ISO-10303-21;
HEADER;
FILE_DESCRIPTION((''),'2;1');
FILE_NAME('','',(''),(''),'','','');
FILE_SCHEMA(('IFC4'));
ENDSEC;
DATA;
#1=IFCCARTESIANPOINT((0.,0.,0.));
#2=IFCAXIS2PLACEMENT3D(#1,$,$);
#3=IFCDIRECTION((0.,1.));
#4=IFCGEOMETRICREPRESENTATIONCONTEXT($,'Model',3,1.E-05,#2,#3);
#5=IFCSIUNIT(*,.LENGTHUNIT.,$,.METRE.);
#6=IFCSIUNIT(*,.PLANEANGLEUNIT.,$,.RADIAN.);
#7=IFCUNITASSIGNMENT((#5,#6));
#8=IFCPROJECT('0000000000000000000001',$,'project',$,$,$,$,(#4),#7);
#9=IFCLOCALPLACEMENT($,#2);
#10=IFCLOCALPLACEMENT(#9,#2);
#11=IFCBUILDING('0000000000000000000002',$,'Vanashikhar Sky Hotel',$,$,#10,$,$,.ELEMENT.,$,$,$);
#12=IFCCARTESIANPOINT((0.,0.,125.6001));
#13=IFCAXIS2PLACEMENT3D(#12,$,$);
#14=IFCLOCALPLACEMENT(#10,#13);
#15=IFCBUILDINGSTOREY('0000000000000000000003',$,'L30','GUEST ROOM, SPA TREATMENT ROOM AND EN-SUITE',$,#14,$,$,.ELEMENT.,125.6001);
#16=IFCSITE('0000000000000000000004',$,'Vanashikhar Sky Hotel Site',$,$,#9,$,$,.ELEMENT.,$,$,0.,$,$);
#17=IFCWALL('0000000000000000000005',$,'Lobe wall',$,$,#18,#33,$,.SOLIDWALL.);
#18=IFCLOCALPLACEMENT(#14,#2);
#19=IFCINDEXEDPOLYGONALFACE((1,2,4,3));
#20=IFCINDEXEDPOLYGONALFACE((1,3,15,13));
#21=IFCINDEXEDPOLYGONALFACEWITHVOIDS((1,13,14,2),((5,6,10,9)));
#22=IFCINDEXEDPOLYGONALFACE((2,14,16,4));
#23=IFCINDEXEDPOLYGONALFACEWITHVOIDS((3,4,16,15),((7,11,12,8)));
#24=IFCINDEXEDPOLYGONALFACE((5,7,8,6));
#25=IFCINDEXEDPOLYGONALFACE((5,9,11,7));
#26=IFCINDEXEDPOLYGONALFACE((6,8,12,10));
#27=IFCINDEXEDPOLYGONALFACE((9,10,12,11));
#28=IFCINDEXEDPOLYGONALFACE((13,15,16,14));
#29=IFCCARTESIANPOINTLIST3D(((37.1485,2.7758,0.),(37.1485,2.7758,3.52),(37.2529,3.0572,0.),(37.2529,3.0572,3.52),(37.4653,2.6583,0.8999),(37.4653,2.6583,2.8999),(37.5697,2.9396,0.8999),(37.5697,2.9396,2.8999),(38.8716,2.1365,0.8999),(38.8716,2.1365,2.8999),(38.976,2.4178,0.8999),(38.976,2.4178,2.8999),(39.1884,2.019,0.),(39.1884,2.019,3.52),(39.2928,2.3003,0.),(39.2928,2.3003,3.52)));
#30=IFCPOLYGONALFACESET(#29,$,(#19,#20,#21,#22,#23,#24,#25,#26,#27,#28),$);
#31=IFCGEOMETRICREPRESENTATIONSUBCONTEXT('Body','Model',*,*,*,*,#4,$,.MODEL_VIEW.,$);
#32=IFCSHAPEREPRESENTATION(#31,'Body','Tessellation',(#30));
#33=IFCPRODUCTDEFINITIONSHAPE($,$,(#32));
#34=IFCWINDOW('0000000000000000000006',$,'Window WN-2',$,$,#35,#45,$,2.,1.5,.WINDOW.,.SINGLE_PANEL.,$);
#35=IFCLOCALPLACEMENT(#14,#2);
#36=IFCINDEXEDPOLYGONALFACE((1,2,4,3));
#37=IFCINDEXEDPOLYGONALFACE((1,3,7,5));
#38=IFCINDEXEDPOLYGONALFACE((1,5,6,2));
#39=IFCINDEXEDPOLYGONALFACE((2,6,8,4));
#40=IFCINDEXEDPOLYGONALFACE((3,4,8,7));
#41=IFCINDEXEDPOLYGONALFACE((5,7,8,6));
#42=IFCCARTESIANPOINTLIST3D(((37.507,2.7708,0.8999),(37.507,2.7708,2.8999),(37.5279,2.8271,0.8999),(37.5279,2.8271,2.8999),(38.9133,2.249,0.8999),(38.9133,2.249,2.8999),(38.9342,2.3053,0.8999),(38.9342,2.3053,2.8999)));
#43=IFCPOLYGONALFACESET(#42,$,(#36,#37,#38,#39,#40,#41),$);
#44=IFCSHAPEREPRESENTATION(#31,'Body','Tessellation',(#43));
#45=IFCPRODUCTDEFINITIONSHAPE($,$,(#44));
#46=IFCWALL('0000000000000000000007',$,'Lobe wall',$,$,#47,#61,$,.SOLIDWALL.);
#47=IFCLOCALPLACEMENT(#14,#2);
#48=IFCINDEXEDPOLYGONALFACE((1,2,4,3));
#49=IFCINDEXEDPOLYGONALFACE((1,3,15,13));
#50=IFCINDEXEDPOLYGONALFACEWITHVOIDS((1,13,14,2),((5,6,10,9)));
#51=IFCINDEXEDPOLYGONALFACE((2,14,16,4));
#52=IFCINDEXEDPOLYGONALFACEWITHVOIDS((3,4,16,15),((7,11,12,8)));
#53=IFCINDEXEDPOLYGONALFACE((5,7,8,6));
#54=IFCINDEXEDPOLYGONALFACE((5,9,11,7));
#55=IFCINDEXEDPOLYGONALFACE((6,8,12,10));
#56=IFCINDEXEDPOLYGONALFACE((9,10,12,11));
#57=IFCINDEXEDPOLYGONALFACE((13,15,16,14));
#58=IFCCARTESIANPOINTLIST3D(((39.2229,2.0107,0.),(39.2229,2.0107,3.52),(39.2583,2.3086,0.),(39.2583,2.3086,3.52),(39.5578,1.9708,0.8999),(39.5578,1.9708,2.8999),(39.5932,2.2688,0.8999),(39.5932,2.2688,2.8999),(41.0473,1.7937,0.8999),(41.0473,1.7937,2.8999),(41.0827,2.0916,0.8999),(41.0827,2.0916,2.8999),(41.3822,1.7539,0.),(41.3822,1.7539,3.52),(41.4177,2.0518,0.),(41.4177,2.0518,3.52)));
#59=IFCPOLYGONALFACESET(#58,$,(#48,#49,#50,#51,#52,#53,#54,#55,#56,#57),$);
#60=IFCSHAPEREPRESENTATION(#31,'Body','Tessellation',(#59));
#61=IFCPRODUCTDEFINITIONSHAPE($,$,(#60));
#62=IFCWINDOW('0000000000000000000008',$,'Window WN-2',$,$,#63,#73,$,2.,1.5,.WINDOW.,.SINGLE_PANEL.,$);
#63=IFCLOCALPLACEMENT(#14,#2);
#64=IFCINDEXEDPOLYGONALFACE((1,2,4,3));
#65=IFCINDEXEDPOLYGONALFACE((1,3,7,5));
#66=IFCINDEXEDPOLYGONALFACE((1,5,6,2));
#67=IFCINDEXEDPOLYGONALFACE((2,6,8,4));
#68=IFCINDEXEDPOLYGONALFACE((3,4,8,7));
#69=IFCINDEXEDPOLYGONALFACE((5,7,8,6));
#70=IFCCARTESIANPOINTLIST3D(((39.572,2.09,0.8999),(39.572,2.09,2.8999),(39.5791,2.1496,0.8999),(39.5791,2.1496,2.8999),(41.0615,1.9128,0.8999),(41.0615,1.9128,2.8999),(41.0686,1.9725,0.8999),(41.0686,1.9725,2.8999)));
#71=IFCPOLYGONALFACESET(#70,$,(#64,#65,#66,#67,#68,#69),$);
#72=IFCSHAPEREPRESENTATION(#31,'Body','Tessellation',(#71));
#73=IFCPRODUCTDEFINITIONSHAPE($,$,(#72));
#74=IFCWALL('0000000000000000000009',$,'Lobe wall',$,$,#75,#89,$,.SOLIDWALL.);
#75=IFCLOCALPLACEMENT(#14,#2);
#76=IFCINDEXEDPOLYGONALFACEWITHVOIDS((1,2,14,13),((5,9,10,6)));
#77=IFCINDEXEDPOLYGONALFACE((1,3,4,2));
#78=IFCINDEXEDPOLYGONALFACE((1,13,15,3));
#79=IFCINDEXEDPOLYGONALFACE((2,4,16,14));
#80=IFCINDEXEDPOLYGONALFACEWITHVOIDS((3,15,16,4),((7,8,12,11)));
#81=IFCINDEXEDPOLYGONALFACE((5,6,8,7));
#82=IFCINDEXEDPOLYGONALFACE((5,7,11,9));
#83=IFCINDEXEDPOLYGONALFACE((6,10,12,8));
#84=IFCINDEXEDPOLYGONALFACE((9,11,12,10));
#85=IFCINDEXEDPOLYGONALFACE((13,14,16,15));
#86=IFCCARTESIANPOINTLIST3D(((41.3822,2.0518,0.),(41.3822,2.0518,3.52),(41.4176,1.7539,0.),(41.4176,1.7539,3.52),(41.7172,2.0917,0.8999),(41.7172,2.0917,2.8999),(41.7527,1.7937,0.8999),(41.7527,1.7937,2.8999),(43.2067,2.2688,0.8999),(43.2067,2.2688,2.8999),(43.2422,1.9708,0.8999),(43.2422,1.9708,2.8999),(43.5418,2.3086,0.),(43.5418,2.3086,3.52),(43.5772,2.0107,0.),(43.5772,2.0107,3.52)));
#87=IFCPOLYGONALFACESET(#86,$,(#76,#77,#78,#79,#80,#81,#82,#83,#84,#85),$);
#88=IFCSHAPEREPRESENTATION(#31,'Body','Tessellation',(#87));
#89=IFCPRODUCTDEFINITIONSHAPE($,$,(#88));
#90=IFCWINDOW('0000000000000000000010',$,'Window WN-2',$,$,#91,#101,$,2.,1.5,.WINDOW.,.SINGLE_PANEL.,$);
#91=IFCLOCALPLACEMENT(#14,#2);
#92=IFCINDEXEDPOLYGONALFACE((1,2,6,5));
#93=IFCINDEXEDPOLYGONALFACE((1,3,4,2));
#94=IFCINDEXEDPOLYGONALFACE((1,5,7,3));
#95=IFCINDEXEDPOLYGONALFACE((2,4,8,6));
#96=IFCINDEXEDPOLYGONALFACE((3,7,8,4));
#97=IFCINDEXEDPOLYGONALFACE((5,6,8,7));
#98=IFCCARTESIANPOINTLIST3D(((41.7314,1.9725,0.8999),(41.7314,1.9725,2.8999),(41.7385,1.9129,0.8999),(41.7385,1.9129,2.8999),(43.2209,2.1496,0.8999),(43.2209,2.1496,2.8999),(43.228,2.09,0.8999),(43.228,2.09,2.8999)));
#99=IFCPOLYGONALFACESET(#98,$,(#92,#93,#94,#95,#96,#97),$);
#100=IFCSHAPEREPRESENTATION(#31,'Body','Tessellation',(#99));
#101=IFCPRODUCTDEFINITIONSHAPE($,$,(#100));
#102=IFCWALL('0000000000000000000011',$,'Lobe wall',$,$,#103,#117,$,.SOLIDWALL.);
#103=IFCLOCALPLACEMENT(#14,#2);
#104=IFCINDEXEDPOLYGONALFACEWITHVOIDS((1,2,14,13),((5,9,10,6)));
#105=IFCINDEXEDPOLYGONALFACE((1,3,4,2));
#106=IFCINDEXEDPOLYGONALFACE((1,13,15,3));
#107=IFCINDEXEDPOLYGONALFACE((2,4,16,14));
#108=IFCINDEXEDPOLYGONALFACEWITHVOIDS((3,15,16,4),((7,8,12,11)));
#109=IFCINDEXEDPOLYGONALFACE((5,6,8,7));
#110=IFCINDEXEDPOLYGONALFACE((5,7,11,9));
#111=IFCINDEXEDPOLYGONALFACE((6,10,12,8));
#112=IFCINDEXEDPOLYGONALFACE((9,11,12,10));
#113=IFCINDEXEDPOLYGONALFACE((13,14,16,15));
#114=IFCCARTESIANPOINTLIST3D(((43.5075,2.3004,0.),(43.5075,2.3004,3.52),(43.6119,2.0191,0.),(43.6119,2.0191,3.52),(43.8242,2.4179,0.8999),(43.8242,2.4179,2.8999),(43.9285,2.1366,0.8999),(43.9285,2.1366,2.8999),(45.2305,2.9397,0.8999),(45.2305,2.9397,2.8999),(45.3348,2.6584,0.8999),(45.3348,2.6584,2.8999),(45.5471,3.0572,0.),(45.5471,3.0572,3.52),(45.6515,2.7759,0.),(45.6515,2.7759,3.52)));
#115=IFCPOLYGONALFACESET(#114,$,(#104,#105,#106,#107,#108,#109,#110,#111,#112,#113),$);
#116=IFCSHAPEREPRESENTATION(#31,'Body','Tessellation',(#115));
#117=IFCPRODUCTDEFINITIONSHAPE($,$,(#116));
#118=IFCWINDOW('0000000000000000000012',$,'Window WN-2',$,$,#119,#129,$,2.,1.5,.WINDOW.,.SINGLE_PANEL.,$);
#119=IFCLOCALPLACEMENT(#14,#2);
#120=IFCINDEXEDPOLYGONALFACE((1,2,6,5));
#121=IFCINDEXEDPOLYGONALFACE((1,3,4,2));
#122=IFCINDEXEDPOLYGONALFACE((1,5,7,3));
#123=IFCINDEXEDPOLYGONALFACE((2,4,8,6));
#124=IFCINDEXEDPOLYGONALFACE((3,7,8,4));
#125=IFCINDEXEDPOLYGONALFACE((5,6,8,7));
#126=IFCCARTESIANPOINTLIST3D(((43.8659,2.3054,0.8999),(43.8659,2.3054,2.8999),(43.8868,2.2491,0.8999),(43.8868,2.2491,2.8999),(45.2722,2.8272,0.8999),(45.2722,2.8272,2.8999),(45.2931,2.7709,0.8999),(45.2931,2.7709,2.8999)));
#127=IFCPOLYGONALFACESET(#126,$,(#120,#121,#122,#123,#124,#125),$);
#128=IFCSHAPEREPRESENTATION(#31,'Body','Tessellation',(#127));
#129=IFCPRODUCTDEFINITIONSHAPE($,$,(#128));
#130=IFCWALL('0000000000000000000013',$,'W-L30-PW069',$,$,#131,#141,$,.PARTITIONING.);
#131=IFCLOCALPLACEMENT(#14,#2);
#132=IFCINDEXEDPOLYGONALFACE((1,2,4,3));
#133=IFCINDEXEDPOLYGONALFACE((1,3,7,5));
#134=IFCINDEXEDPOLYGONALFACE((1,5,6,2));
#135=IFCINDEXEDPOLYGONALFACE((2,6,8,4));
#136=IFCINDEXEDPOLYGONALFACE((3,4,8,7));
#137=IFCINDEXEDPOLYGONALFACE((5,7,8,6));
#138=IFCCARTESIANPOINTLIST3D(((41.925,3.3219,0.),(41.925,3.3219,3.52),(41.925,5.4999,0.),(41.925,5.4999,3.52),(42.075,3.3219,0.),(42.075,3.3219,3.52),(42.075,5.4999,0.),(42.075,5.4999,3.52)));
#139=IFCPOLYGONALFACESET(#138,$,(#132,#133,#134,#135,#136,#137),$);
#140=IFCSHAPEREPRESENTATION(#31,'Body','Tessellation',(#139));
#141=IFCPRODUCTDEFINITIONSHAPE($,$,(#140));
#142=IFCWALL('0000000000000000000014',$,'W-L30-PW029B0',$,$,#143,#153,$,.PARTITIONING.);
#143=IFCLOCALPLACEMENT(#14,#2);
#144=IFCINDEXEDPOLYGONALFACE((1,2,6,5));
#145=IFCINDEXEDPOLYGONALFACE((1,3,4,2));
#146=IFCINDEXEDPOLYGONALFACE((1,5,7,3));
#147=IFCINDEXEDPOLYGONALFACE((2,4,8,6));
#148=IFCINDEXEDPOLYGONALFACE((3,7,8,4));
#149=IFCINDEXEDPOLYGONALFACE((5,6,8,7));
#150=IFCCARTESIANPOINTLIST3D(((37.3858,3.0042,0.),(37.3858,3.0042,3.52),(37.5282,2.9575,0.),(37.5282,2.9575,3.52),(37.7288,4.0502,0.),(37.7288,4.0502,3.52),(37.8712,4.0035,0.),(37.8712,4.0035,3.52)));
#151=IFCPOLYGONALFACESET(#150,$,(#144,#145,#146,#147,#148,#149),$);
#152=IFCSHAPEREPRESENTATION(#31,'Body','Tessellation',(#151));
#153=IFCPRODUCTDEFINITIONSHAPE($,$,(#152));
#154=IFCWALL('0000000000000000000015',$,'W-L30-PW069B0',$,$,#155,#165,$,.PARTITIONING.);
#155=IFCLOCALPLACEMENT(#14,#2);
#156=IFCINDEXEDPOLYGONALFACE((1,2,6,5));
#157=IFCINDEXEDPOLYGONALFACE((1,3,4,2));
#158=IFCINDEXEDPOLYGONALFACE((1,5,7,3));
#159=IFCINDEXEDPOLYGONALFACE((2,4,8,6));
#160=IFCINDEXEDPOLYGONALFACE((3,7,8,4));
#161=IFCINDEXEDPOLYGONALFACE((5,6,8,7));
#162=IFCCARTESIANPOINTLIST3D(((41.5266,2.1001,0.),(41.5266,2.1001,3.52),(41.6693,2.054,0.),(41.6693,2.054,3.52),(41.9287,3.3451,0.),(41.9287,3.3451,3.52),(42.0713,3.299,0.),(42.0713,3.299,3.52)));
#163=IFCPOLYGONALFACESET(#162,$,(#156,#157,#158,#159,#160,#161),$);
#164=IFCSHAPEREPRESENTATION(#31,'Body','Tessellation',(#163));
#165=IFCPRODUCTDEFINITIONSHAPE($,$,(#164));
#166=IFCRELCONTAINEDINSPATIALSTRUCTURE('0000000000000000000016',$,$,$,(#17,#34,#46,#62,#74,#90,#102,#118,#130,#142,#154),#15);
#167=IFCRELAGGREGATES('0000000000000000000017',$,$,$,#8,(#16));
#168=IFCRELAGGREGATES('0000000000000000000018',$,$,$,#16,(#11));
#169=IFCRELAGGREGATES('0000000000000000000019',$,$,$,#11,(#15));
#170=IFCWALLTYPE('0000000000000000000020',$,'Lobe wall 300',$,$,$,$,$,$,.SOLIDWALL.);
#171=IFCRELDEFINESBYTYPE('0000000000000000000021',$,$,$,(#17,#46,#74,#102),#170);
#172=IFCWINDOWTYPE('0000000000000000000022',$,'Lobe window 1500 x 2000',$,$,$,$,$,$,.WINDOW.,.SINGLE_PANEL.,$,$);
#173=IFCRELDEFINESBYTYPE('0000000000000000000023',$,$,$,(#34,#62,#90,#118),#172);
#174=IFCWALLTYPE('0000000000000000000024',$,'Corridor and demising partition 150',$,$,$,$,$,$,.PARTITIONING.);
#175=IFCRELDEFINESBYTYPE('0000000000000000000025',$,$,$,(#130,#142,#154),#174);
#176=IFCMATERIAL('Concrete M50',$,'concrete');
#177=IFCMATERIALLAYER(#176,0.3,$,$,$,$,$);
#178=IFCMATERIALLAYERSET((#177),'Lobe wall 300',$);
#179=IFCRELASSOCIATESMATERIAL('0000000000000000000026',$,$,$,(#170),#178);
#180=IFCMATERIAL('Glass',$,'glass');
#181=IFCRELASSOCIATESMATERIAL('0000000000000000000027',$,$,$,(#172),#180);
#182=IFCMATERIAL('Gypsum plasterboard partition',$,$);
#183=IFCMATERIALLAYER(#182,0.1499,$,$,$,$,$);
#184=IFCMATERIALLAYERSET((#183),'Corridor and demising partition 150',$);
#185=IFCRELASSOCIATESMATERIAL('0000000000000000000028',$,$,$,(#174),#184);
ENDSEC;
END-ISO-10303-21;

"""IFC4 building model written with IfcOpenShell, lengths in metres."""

from ifc_helpers import new_model, si_unit, direction, frame, frame_2d, origin, place, context, subcontext, project, spatial, rectangle, extrude, source, transform, mapped, material, layer, layer_set, type_object, element, fill, save


model = new_model("IFC4")

# Units and contexts
model_context = context("Model", 3, precision=1e-05, world=origin(), true_north=direction((0.0, 1.0)))
body_context = subcontext(model_context, "Body", "Model", "MODEL_VIEW")
ifc_project = project(units=[si_unit("LENGTHUNIT", "METRE"), si_unit("PLANEANGLEUNIT", "RADIAN")], contexts=[model_context])

# Site, building, storey
site_placement = place(None, origin())
site = spatial("IfcSite", under=ifc_project, at=site_placement, Name="Vanashikhar Sky Hotel Site", CompositionType="ELEMENT", RefElevation=0.0)
building_placement = place(site_placement, origin())
building = spatial("IfcBuilding", under=site, at=building_placement, Name="Vanashikhar Sky Hotel", CompositionType="ELEMENT")
storey_placement = place(building_placement, frame((0.0, 0.0, 125.6001)))
storey = spatial("IfcBuildingStorey", under=building, at=storey_placement, Name="L30", Description="GUEST ROOM, SPA TREATMENT ROOM AND EN-SUITE", CompositionType="ELEMENT", Elevation=125.6001)

# Walls, openings, windows
ifc_material_1 = material(Name="Concrete M50", Category="concrete")
ifc_layer_1 = layer(ifc_material_1, 0.3)
ifc_layer_set_1 = layer_set([ifc_layer_1], Name="Lobe wall 300")
wall_type_1 = type_object("IfcWallType", Name="Lobe wall 300", PredefinedType="SOLIDWALL", material=ifc_layer_set_1)
shared_shape_1 = source(origin(), body_context, "Body", "SweptSolid", [
    extrude(rectangle(XDim=2.1758, YDim=0.3, at=frame_2d((1.0879, 0.0))), origin(), (0.0, 0.0, 1.0), 3.52),
])
wall_1_placement = place(storey_placement, frame((37.2007, 2.9165, 0.0), z_axis=(0.0, 0.0, 1.0), x_axis=(0.937546, -0.347863, 0.0)))
wall_1 = element("IfcWall", 1, at=wall_1_placement, inside=storey, type_object=wall_type_1, Name="Lobe wall", PredefinedType="SOLIDWALL", context=body_context, shape_type="MappedRepresentation", body=[
    mapped(shared_shape_1, transform((0.0, 0.0, 0.0), scale=1.0)),
])
shared_shape_2 = source(origin(), body_context, "Body", "SweptSolid", [
    extrude(rectangle(XDim=1.5, YDim=2.0, at=frame_2d((0.75, 1.0))), frame((0.0, 0.1602, 0.0), z_axis=(0.0, -1.0, 0.0), x_axis=(1.0, 0.0, 0.0)), (0.0, 0.0, 1.0), 0.3201),
])
opening_1_placement = place(wall_1_placement, frame((0.3379, 0.0, 0.8999)))
opening_1 = element("IfcOpeningElement", 2, at=opening_1_placement, cuts=wall_1, PredefinedType="OPENING", context=body_context, shape_type="MappedRepresentation", body=[
    mapped(shared_shape_2, transform((0.0, 0.0, 0.0), scale=1.0)),
])
ifc_material_2 = material(Name="Glass", Category="glass")
window_type = type_object("IfcWindowType", Name="Lobe window 1500 x 2000", PartitioningType="SINGLE_PANEL", PredefinedType="WINDOW", material=ifc_material_2)
shared_shape_3 = source(origin(), body_context, "Body", "SweptSolid", [
    extrude(rectangle(XDim=1.5, YDim=2.0, at=frame_2d((0.75, 1.0))), frame((0.0, 0.03, 0.0), z_axis=(0.0, -1.0, 0.0), x_axis=(1.0, 0.0, 0.0)), (0.0, 0.0, 1.0), 0.0601),
])
window_1_placement = place(opening_1_placement, origin())
window_1 = element("IfcWindow", 3, at=window_1_placement, inside=storey, type_object=window_type, Name="Window WN-2", OverallHeight=2.0, OverallWidth=1.5, PartitioningType="SINGLE_PANEL", PredefinedType="WINDOW", context=body_context, shape_type="MappedRepresentation", body=[
    mapped(shared_shape_3, transform((0.0, 0.0, 0.0), scale=1.0)),
])
fill(opening_1, window_1)
shared_shape_4 = source(origin(), body_context, "Body", "SweptSolid", [
    extrude(rectangle(XDim=2.1746, YDim=0.3, at=frame_2d((1.0874, 0.0))), origin(), (0.0, 0.0, 1.0), 3.52),
])
wall_2_placement = place(storey_placement, frame((39.2405, 2.1597, 0.0), z_axis=(0.0, 0.0, 1.0), x_axis=(0.993001, -0.118105, 0.0)))
wall_2 = element("IfcWall", 4, at=wall_2_placement, inside=storey, type_object=wall_type_1, Name="Lobe wall", PredefinedType="SOLIDWALL", context=body_context, shape_type="MappedRepresentation", body=[
    mapped(shared_shape_4, transform((0.0, 0.0, 0.0), scale=1.0)),
])
opening_2_placement = place(wall_2_placement, frame((0.3374, 0.0, 0.8999)))
opening_2 = element("IfcOpeningElement", 5, at=opening_2_placement, cuts=wall_2, PredefinedType="OPENING", context=body_context, shape_type="MappedRepresentation", body=[
    mapped(shared_shape_2, transform((0.0, 0.0, 0.0), scale=1.0)),
])
window_2_placement = place(opening_2_placement, origin())
window_2 = element("IfcWindow", 6, at=window_2_placement, inside=storey, type_object=window_type, Name="Window WN-2", OverallHeight=2.0, OverallWidth=1.5, PartitioningType="SINGLE_PANEL", PredefinedType="WINDOW", context=body_context, shape_type="MappedRepresentation", body=[
    mapped(shared_shape_3, transform((0.0, 0.0, 0.0), scale=1.0)),
])
fill(opening_2, window_2)
shared_shape_5 = source(origin(), body_context, "Body", "SweptSolid", [
    extrude(rectangle(XDim=2.1748, YDim=0.3, at=frame_2d((1.0874, 0.0))), origin(), (0.0, 0.0, 1.0), 3.52),
])
wall_3_placement = place(storey_placement, frame((41.3999, 1.9028, 0.0), z_axis=(0.0, 0.0, 1.0), x_axis=(0.993003, 0.118092, 0.0)))
wall_3 = element("IfcWall", 7, at=wall_3_placement, inside=storey, type_object=wall_type_1, Name="Lobe wall", PredefinedType="SOLIDWALL", context=body_context, shape_type="MappedRepresentation", body=[
    mapped(shared_shape_5, transform((0.0, 0.0, 0.0), scale=1.0)),
])
opening_3_placement = place(wall_3_placement, frame((0.3374, 0.0, 0.8999)))
opening_3 = element("IfcOpeningElement", 8, at=opening_3_placement, cuts=wall_3, PredefinedType="OPENING", context=body_context, shape_type="MappedRepresentation", body=[
    mapped(shared_shape_2, transform((0.0, 0.0, 0.0), scale=1.0)),
])
window_3_placement = place(opening_3_placement, origin())
window_3 = element("IfcWindow", 9, at=window_3_placement, inside=storey, type_object=window_type, Name="Window WN-2", OverallHeight=2.0, OverallWidth=1.5, PartitioningType="SINGLE_PANEL", PredefinedType="WINDOW", context=body_context, shape_type="MappedRepresentation", body=[
    mapped(shared_shape_3, transform((0.0, 0.0, 0.0), scale=1.0)),
])
fill(opening_3, window_3)
shared_shape_6 = source(origin(), body_context, "Body", "SweptSolid", [
    extrude(rectangle(XDim=2.1755, YDim=0.3, at=frame_2d((1.0879, 0.0))), origin(), (0.0, 0.0, 1.0), 3.52),
])
wall_4_placement = place(storey_placement, frame((43.5596, 2.1597, 0.0), z_axis=(0.0, 0.0, 1.0), x_axis=(0.937532, 0.347899, 0.0)))
wall_4 = element("IfcWall", 10, at=wall_4_placement, inside=storey, type_object=wall_type_1, Name="Lobe wall", PredefinedType="SOLIDWALL", context=body_context, shape_type="MappedRepresentation", body=[
    mapped(shared_shape_6, transform((0.0, 0.0, 0.0), scale=1.0)),
])
opening_4_placement = place(wall_4_placement, frame((0.3379, 0.0, 0.8999)))
opening_4 = element("IfcOpeningElement", 11, at=opening_4_placement, cuts=wall_4, PredefinedType="OPENING", context=body_context, shape_type="MappedRepresentation", body=[
    mapped(shared_shape_2, transform((0.0, 0.0, 0.0), scale=1.0)),
])
window_4_placement = place(opening_4_placement, origin())
window_4 = element("IfcWindow", 12, at=window_4_placement, inside=storey, type_object=window_type, Name="Window WN-2", OverallHeight=2.0, OverallWidth=1.5, PartitioningType="SINGLE_PANEL", PredefinedType="WINDOW", context=body_context, shape_type="MappedRepresentation", body=[
    mapped(shared_shape_3, transform((0.0, 0.0, 0.0), scale=1.0)),
])
fill(opening_4, window_4)

# Walls
ifc_material_3 = material(Name="Gypsum plasterboard partition")
ifc_layer_2 = layer(ifc_material_3, 0.1499)
ifc_layer_set_2 = layer_set([ifc_layer_2], Name="Corridor and demising partition 150")
wall_type_2 = type_object("IfcWallType", Name="Corridor and demising partition 150", PredefinedType="PARTITIONING", material=ifc_layer_set_2)
shared_shape_7 = source(origin(), body_context, "Body", "SweptSolid", [
    extrude(rectangle(XDim=2.178, YDim=0.1499, at=frame_2d((1.0889, 0.0))), origin(), (0.0, 0.0, 1.0), 3.52),
])
wall_5_placement = place(storey_placement, frame((42.0, 3.322, 0.0), z_axis=(0.0, 0.0, 1.0), x_axis=(0.0, 1.0, 0.0)))
element("IfcWall", 13, at=wall_5_placement, inside=storey, type_object=wall_type_2, Name="W-L30-PW069", PredefinedType="PARTITIONING", context=body_context, shape_type="MappedRepresentation", body=[
    mapped(shared_shape_7, transform((0.0, 0.0, 0.0), scale=1.0)),
])
shared_shape_8 = source(origin(), body_context, "Body", "SweptSolid", [
    extrude(rectangle(XDim=1.1008, YDim=0.1499, at=frame_2d((0.5503, 0.0))), origin(), (0.0, 0.0, 1.0), 3.52),
])
wall_6_placement = place(storey_placement, frame((37.457, 2.981, 0.0), z_axis=(0.0, 0.0, 1.0), x_axis=(0.311567, 0.950224, 0.0)))
element("IfcWall", 14, at=wall_6_placement, inside=storey, type_object=wall_type_2, Name="W-L30-PW029B0", PredefinedType="PARTITIONING", context=body_context, shape_type="MappedRepresentation", body=[
    mapped(shared_shape_8, transform((0.0, 0.0, 0.0), scale=1.0)),
])
shared_shape_9 = source(origin(), body_context, "Body", "SweptSolid", [
    extrude(rectangle(XDim=1.3083, YDim=0.1499, at=frame_2d((0.6543, 0.0))), origin(), (0.0, 0.0, 1.0), 3.52),
])
wall_7_placement = place(storey_placement, frame((41.5979, 2.0769, 0.0), z_axis=(0.0, 0.0, 1.0), x_axis=(0.307314, 0.951608, 0.0)))
element("IfcWall", 15, at=wall_7_placement, inside=storey, type_object=wall_type_2, Name="W-L30-PW069B0", PredefinedType="PARTITIONING", context=body_context, shape_type="MappedRepresentation", body=[
    mapped(shared_shape_9, transform((0.0, 0.0, 0.0), scale=1.0)),
])

save(model, "model.ifc")
